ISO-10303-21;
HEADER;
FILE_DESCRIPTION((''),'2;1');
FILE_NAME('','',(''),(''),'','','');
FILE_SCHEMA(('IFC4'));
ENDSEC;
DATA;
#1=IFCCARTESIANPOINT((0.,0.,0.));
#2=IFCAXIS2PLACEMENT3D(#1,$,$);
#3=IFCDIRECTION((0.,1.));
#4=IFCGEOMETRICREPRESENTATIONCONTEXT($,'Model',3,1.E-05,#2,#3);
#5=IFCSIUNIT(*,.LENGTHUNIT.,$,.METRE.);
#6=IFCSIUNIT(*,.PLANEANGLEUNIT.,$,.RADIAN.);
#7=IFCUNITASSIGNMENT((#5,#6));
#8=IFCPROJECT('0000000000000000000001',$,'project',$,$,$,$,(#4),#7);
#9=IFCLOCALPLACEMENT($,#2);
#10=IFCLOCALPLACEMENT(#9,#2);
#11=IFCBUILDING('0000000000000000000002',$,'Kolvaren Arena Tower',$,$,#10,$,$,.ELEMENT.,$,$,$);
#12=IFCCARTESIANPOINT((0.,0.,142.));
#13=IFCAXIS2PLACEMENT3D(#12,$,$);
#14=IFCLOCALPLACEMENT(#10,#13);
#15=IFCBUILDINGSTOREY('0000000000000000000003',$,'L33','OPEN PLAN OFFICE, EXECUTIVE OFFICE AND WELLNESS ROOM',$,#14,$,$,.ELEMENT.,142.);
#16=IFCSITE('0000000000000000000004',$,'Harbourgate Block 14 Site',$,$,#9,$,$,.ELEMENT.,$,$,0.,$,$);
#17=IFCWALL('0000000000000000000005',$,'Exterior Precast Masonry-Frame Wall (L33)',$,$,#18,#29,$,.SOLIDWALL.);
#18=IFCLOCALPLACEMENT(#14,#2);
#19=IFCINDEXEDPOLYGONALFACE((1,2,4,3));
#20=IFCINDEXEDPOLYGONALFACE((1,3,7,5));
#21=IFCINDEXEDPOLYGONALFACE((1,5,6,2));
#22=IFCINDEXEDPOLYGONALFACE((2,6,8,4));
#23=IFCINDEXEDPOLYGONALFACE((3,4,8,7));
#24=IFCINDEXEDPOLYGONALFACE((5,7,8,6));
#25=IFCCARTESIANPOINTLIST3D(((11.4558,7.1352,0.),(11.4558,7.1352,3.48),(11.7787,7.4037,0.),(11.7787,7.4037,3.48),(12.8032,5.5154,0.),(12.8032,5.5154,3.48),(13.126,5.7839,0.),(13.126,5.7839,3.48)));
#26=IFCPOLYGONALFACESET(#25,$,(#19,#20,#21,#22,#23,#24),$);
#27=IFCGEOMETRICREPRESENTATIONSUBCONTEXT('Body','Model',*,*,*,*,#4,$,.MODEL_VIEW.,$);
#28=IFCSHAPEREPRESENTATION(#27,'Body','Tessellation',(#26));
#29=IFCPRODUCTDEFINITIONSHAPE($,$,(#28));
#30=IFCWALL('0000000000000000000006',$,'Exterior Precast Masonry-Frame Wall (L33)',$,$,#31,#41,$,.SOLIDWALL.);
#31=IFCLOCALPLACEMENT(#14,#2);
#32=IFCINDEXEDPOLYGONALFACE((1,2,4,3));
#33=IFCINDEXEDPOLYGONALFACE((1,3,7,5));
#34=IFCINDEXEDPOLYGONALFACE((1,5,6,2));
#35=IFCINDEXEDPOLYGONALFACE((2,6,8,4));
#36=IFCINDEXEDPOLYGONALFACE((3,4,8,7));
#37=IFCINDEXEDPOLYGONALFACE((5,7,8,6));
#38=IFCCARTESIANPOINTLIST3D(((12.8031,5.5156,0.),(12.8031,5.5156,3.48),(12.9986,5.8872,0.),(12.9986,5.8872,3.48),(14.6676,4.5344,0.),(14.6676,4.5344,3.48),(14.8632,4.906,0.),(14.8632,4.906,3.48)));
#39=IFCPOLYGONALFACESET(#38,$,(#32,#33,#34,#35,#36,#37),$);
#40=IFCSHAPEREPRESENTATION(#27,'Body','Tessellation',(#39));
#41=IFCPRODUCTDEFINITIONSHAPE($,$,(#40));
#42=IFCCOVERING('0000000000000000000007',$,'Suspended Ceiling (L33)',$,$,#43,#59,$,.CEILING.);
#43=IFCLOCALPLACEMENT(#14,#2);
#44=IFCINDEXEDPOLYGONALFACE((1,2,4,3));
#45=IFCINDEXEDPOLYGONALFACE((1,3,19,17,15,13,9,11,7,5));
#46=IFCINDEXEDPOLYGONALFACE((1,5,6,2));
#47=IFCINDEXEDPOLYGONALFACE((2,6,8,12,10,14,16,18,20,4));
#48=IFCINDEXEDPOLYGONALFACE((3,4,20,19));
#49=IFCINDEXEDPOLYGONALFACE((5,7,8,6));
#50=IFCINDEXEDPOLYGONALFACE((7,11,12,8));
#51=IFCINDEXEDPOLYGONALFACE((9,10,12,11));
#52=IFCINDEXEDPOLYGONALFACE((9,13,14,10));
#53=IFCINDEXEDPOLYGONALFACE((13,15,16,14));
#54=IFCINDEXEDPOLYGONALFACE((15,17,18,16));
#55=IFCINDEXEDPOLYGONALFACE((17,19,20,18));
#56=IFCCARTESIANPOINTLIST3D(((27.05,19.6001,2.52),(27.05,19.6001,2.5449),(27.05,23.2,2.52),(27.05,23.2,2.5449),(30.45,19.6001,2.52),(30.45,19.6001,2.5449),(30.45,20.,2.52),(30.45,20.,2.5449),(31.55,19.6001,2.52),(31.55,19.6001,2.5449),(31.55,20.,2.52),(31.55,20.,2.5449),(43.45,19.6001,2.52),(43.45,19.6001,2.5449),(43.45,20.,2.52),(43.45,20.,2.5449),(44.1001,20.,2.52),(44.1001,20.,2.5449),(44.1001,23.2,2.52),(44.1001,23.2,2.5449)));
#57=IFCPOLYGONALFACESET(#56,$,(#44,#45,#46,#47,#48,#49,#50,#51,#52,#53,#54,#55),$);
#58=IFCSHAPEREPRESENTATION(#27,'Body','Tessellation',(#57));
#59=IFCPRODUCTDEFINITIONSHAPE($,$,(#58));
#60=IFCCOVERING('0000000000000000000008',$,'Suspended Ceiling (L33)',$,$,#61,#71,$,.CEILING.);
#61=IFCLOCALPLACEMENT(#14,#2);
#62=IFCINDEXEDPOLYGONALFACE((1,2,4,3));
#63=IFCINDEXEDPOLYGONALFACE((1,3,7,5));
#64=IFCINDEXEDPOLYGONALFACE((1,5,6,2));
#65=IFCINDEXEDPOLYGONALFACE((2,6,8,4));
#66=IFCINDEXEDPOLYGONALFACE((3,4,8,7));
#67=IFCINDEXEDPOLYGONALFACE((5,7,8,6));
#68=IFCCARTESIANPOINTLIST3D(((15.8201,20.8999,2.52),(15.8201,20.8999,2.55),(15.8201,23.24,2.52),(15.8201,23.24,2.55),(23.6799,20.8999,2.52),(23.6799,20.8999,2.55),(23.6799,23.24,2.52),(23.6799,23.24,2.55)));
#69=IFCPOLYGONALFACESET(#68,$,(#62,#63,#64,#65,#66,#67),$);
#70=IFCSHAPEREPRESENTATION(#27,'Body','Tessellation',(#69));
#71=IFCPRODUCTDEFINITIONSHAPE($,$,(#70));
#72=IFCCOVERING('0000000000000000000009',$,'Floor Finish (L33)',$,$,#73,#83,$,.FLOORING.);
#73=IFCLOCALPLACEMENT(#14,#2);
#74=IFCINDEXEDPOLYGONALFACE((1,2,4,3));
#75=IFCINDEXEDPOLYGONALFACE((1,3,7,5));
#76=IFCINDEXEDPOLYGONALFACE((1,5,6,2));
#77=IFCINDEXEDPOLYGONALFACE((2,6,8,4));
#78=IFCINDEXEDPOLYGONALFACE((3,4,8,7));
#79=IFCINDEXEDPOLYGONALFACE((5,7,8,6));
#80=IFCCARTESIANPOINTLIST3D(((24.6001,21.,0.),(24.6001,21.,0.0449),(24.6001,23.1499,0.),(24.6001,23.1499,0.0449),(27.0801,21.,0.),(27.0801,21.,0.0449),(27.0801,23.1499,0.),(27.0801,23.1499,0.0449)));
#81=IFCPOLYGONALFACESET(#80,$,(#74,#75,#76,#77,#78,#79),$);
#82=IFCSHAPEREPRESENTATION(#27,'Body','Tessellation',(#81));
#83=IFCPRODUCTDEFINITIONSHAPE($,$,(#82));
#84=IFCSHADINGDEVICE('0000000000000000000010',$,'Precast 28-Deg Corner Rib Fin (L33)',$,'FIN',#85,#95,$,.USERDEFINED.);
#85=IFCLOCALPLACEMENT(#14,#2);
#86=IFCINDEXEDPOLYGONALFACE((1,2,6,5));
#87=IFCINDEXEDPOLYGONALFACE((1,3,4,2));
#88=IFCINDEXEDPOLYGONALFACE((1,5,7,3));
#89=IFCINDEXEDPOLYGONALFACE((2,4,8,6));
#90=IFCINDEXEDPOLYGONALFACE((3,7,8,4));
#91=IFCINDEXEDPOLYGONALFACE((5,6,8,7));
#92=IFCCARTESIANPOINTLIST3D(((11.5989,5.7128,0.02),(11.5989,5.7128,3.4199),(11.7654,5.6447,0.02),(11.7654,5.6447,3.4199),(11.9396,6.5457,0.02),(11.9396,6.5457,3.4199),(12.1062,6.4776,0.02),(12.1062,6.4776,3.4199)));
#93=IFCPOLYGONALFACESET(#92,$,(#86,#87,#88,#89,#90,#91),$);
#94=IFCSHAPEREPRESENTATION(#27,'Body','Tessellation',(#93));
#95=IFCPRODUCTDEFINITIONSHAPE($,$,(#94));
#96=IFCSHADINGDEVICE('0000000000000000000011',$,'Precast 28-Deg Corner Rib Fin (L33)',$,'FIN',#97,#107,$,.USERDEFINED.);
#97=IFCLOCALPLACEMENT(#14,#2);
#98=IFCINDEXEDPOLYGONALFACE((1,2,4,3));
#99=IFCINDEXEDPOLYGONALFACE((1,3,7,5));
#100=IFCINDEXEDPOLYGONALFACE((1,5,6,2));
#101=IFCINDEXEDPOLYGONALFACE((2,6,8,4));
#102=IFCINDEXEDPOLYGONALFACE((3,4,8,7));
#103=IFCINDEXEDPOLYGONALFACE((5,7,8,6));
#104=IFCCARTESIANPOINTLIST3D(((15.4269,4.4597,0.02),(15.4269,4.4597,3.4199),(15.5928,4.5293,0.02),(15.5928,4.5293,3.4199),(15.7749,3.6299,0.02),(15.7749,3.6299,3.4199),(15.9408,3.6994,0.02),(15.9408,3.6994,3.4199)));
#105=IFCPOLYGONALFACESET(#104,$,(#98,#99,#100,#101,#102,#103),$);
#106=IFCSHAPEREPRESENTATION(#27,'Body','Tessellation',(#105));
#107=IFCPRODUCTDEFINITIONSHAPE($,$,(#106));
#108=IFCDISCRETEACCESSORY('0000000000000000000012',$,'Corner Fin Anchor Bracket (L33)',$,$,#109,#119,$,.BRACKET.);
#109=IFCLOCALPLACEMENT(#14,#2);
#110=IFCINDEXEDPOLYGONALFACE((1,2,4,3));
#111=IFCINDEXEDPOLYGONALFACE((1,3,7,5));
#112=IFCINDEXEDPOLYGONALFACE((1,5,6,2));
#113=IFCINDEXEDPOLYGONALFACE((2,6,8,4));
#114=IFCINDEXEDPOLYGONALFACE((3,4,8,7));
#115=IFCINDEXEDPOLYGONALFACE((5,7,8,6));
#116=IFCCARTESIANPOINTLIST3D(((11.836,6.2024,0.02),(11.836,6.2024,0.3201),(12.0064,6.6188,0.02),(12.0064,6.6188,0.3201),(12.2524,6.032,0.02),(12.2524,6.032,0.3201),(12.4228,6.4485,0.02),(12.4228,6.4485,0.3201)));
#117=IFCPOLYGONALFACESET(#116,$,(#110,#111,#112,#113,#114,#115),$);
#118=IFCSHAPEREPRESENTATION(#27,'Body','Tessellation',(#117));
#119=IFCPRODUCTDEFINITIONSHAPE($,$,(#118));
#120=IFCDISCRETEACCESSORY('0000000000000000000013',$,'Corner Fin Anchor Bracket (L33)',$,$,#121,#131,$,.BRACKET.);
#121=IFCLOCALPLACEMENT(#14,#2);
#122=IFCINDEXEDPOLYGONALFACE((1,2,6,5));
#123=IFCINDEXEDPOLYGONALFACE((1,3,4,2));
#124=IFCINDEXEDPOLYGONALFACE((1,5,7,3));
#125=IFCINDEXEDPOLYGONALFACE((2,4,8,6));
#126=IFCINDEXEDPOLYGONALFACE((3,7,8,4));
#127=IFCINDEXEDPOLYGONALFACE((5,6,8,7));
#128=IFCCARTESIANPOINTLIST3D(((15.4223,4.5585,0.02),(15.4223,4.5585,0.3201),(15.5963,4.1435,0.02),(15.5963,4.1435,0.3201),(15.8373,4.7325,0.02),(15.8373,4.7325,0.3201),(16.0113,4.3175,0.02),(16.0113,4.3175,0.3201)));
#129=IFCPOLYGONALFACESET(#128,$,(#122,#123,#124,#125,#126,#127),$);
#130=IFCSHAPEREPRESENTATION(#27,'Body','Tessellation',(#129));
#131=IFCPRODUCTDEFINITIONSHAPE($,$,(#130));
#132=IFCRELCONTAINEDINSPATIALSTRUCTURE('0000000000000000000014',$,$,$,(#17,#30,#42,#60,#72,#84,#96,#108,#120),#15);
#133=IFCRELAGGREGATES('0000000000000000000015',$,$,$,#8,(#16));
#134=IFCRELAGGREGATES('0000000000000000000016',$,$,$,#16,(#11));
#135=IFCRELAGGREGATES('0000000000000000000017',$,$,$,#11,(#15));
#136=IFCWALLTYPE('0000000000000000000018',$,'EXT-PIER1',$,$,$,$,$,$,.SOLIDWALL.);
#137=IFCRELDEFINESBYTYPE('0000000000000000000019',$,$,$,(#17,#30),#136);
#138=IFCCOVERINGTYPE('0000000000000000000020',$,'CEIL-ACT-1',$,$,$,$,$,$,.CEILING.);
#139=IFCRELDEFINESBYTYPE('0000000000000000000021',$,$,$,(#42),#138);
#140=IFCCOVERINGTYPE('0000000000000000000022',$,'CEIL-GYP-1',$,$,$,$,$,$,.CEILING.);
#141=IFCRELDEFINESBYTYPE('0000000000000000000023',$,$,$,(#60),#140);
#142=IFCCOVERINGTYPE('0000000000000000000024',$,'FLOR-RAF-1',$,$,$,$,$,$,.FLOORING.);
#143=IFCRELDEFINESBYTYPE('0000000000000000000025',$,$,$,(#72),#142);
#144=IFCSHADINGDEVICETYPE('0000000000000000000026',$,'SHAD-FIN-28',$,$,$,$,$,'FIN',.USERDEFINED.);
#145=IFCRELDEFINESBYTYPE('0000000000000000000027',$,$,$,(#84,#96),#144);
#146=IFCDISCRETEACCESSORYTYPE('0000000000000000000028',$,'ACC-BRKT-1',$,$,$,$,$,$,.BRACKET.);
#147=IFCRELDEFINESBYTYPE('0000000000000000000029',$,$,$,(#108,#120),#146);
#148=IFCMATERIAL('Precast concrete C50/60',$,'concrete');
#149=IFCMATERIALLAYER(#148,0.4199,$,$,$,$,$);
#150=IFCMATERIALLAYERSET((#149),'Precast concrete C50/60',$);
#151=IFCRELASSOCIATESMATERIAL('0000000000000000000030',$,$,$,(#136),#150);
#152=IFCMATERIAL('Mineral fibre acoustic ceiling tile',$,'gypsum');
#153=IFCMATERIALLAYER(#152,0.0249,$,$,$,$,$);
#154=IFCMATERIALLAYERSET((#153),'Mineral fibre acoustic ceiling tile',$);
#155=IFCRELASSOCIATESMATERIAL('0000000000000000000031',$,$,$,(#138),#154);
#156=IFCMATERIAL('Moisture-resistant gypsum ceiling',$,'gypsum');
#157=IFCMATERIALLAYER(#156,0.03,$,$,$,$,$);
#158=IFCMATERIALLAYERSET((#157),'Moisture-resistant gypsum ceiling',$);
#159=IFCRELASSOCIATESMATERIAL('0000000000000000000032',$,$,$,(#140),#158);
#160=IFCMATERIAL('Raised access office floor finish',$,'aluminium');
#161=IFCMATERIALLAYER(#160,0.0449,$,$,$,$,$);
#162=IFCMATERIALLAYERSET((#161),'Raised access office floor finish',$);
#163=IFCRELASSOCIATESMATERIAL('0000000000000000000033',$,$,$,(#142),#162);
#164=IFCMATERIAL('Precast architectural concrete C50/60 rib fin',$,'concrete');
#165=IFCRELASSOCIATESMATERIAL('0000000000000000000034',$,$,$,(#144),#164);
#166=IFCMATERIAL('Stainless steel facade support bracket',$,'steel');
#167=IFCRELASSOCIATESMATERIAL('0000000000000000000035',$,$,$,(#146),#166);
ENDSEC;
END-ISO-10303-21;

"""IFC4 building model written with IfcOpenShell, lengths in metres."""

from ifc_helpers import new_model, si_unit, direction, frame, frame_2d, origin, origin_2d, place, context, subcontext, project, spatial, polyline, rectangle, outline, extrude, material, layer, layer_set, type_object, element, save


model = new_model("IFC4")

# Units and contexts
model_context = context("Model", 3, precision=1e-05, world=origin(), true_north=direction((0.0, 1.0)))
body_context = subcontext(model_context, "Body", "Model", "MODEL_VIEW")
ifc_project = project(units=[si_unit("LENGTHUNIT", "METRE"), si_unit("PLANEANGLEUNIT", "RADIAN")], contexts=[model_context])

# Site, building, storey
site_placement = place(None, origin())
site = spatial("IfcSite", under=ifc_project, at=site_placement, Name="Harbourgate Block 14 Site", CompositionType="ELEMENT", RefElevation=0.0)
building_placement = place(site_placement, origin())
building = spatial("IfcBuilding", under=site, at=building_placement, Name="Kolvaren Arena Tower", CompositionType="ELEMENT")
storey_placement = place(building_placement, frame((0.0, 0.0, 142.0)))
storey = spatial("IfcBuildingStorey", under=building, at=storey_placement, Name="L33", Description="OPEN PLAN OFFICE, EXECUTIVE OFFICE AND WELLNESS ROOM", CompositionType="ELEMENT", Elevation=142.0)

# Shared definitions
ifc_material_1 = material(Name="Precast concrete C50/60", Category="concrete")
ifc_layer_1 = layer(ifc_material_1, 0.4199)
ifc_layer_set_1 = layer_set([ifc_layer_1], Name="Precast concrete C50/60")
wall_type = type_object("IfcWallType", Name="EXT-PIER1", PredefinedType="SOLIDWALL", material=ifc_layer_set_1)

# Walls
for number, where, z_axis, x_axis, name in (
    (1, (12.9646, 5.6497, 0.0), (0.0, 0.0, 1.0), (-0.639489, 0.7688, 0.0), "Exterior Precast Masonry-Frame Wall (L33)"),
    (2, (14.7654, 4.7202, 0.0), (0.0, 0.0, 1.0), (-0.884941, 0.465703, 0.0), "Exterior Precast Masonry-Frame Wall (L33)"),
):
    element("IfcWall", number, at=place(storey_placement, frame(where, z_axis=z_axis, x_axis=x_axis)), inside=storey, type_object=wall_type, Name=name, PredefinedType="SOLIDWALL", context=body_context, shape_type="SweptSolid", body=[
        extrude(rectangle(XDim=2.1069, YDim=0.4199, at=frame_2d((1.0535, 0.0))), origin(), (0.0, 0.0, 1.0), 3.48),
    ])

# Coverings
ifc_material_2 = material(Name="Mineral fibre acoustic ceiling tile", Category="gypsum")
ifc_layer_2 = layer(ifc_material_2, 0.0249)
ifc_layer_set_2 = layer_set([ifc_layer_2], Name="Mineral fibre acoustic ceiling tile")
covering_type_1 = type_object("IfcCoveringType", Name="CEIL-ACT-1", PredefinedType="CEILING", material=ifc_layer_set_2)
covering_1_placement = place(storey_placement, frame((0.0, 0.0, 2.52)))
element("IfcCovering", 3, at=covering_1_placement, inside=storey, type_object=covering_type_1, Name="Suspended Ceiling (L33)", PredefinedType="CEILING", context=body_context, shape_type="SweptSolid", body=[
    extrude(outline(polyline([(27.05, 19.6001), (27.05, 23.2), (44.1001, 23.2), (44.1001, 20.0), (43.45, 20.0), (43.45, 19.6001), (31.55, 19.6001), (31.55, 20.0), (30.45, 20.0), (30.45, 19.6001), (27.05, 19.6001)])), origin(), (0.0, 0.0, 1.0), 0.0249),
])
ifc_material_3 = material(Name="Moisture-resistant gypsum ceiling", Category="gypsum")
ifc_layer_3 = layer(ifc_material_3, 0.03)
ifc_layer_set_3 = layer_set([ifc_layer_3], Name="Moisture-resistant gypsum ceiling")
covering_type_2 = type_object("IfcCoveringType", Name="CEIL-GYP-1", PredefinedType="CEILING", material=ifc_layer_set_3)
covering_2_placement = place(storey_placement, frame((0.0, 0.0, 2.52)))
element("IfcCovering", 4, at=covering_2_placement, inside=storey, type_object=covering_type_2, Name="Suspended Ceiling (L33)", PredefinedType="CEILING", context=body_context, shape_type="SweptSolid", body=[
    extrude(outline(polyline([(15.8201, 20.8999), (15.8201, 23.24), (23.6799, 23.24), (23.6799, 20.8999), (15.8201, 20.8999)])), origin(), (0.0, 0.0, 1.0), 0.03),
])
ifc_material_4 = material(Name="Raised access office floor finish", Category="aluminium")
ifc_layer_4 = layer(ifc_material_4, 0.0449)
ifc_layer_set_4 = layer_set([ifc_layer_4], Name="Raised access office floor finish")
covering_type_3 = type_object("IfcCoveringType", Name="FLOR-RAF-1", PredefinedType="FLOORING", material=ifc_layer_set_4)
covering_3_placement = place(storey_placement, origin())
element("IfcCovering", 5, at=covering_3_placement, inside=storey, type_object=covering_type_3, Name="Floor Finish (L33)", PredefinedType="FLOORING", context=body_context, shape_type="SweptSolid", body=[
    extrude(outline(polyline([(24.6001, 21.0), (24.6001, 23.1499), (27.0801, 23.1499), (27.0801, 21.0), (24.6001, 21.0)])), origin(), (0.0, 0.0, 1.0), 0.0449),
])

# Shading devices
ifc_material_5 = material(Name="Precast architectural concrete C50/60 rib fin", Category="concrete")
shading_device_type = type_object("IfcShadingDeviceType", Name="SHAD-FIN-28", ElementType="FIN", PredefinedType="USERDEFINED", material=ifc_material_5)
for number, where, z_axis, x_axis, name in (
    (6, (11.8525, 6.0952, 0.02), (0.0, 0.0, 1.0), (-0.378634, -0.925546, 0.0), "Precast 28-Deg Corner Rib Fin (L33)"),
    (7, (15.6838, 4.0796, 0.02), (0.0, 0.0, 1.0), (0.386706, -0.922203, 0.0), "Precast 28-Deg Corner Rib Fin (L33)"),
):
    element("IfcShadingDevice", number, at=place(storey_placement, frame(where, z_axis=z_axis, x_axis=x_axis)), inside=storey, type_object=shading_device_type, Name=name, ObjectType="FIN", PredefinedType="USERDEFINED", context=body_context, shape_type="SweptSolid", body=[
        extrude(rectangle(XDim=0.8999, YDim=0.1799, at=origin_2d()), origin(), (0.0, 0.0, 1.0), 3.3999),
    ])

# Discrete accessories
ifc_material_6 = material(Name="Stainless steel facade support bracket", Category="steel")
discrete_accessory_type = type_object("IfcDiscreteAccessoryType", Name="ACC-BRKT-1", PredefinedType="BRACKET", material=ifc_material_6)
for number, where, z_axis, x_axis, name in (
    (8, (12.1294, 6.3254, 0.02), (0.0, 0.0, 1.0), (-0.378634, -0.925546, 0.0), "Corner Fin Anchor Bracket (L33)"),
    (9, (15.7168, 4.438, 0.02), (0.0, 0.0, 1.0), (0.386706, -0.922203, 0.0), "Corner Fin Anchor Bracket (L33)"),
):
    element("IfcDiscreteAccessory", number, at=place(storey_placement, frame(where, z_axis=z_axis, x_axis=x_axis)), inside=storey, type_object=discrete_accessory_type, Name=name, PredefinedType="BRACKET", context=body_context, shape_type="SweptSolid", body=[
        extrude(rectangle(XDim=0.45, YDim=0.45, at=origin_2d()), origin(), (0.0, 0.0, 1.0), 0.3),
    ])

save(model, "model.ifc")
